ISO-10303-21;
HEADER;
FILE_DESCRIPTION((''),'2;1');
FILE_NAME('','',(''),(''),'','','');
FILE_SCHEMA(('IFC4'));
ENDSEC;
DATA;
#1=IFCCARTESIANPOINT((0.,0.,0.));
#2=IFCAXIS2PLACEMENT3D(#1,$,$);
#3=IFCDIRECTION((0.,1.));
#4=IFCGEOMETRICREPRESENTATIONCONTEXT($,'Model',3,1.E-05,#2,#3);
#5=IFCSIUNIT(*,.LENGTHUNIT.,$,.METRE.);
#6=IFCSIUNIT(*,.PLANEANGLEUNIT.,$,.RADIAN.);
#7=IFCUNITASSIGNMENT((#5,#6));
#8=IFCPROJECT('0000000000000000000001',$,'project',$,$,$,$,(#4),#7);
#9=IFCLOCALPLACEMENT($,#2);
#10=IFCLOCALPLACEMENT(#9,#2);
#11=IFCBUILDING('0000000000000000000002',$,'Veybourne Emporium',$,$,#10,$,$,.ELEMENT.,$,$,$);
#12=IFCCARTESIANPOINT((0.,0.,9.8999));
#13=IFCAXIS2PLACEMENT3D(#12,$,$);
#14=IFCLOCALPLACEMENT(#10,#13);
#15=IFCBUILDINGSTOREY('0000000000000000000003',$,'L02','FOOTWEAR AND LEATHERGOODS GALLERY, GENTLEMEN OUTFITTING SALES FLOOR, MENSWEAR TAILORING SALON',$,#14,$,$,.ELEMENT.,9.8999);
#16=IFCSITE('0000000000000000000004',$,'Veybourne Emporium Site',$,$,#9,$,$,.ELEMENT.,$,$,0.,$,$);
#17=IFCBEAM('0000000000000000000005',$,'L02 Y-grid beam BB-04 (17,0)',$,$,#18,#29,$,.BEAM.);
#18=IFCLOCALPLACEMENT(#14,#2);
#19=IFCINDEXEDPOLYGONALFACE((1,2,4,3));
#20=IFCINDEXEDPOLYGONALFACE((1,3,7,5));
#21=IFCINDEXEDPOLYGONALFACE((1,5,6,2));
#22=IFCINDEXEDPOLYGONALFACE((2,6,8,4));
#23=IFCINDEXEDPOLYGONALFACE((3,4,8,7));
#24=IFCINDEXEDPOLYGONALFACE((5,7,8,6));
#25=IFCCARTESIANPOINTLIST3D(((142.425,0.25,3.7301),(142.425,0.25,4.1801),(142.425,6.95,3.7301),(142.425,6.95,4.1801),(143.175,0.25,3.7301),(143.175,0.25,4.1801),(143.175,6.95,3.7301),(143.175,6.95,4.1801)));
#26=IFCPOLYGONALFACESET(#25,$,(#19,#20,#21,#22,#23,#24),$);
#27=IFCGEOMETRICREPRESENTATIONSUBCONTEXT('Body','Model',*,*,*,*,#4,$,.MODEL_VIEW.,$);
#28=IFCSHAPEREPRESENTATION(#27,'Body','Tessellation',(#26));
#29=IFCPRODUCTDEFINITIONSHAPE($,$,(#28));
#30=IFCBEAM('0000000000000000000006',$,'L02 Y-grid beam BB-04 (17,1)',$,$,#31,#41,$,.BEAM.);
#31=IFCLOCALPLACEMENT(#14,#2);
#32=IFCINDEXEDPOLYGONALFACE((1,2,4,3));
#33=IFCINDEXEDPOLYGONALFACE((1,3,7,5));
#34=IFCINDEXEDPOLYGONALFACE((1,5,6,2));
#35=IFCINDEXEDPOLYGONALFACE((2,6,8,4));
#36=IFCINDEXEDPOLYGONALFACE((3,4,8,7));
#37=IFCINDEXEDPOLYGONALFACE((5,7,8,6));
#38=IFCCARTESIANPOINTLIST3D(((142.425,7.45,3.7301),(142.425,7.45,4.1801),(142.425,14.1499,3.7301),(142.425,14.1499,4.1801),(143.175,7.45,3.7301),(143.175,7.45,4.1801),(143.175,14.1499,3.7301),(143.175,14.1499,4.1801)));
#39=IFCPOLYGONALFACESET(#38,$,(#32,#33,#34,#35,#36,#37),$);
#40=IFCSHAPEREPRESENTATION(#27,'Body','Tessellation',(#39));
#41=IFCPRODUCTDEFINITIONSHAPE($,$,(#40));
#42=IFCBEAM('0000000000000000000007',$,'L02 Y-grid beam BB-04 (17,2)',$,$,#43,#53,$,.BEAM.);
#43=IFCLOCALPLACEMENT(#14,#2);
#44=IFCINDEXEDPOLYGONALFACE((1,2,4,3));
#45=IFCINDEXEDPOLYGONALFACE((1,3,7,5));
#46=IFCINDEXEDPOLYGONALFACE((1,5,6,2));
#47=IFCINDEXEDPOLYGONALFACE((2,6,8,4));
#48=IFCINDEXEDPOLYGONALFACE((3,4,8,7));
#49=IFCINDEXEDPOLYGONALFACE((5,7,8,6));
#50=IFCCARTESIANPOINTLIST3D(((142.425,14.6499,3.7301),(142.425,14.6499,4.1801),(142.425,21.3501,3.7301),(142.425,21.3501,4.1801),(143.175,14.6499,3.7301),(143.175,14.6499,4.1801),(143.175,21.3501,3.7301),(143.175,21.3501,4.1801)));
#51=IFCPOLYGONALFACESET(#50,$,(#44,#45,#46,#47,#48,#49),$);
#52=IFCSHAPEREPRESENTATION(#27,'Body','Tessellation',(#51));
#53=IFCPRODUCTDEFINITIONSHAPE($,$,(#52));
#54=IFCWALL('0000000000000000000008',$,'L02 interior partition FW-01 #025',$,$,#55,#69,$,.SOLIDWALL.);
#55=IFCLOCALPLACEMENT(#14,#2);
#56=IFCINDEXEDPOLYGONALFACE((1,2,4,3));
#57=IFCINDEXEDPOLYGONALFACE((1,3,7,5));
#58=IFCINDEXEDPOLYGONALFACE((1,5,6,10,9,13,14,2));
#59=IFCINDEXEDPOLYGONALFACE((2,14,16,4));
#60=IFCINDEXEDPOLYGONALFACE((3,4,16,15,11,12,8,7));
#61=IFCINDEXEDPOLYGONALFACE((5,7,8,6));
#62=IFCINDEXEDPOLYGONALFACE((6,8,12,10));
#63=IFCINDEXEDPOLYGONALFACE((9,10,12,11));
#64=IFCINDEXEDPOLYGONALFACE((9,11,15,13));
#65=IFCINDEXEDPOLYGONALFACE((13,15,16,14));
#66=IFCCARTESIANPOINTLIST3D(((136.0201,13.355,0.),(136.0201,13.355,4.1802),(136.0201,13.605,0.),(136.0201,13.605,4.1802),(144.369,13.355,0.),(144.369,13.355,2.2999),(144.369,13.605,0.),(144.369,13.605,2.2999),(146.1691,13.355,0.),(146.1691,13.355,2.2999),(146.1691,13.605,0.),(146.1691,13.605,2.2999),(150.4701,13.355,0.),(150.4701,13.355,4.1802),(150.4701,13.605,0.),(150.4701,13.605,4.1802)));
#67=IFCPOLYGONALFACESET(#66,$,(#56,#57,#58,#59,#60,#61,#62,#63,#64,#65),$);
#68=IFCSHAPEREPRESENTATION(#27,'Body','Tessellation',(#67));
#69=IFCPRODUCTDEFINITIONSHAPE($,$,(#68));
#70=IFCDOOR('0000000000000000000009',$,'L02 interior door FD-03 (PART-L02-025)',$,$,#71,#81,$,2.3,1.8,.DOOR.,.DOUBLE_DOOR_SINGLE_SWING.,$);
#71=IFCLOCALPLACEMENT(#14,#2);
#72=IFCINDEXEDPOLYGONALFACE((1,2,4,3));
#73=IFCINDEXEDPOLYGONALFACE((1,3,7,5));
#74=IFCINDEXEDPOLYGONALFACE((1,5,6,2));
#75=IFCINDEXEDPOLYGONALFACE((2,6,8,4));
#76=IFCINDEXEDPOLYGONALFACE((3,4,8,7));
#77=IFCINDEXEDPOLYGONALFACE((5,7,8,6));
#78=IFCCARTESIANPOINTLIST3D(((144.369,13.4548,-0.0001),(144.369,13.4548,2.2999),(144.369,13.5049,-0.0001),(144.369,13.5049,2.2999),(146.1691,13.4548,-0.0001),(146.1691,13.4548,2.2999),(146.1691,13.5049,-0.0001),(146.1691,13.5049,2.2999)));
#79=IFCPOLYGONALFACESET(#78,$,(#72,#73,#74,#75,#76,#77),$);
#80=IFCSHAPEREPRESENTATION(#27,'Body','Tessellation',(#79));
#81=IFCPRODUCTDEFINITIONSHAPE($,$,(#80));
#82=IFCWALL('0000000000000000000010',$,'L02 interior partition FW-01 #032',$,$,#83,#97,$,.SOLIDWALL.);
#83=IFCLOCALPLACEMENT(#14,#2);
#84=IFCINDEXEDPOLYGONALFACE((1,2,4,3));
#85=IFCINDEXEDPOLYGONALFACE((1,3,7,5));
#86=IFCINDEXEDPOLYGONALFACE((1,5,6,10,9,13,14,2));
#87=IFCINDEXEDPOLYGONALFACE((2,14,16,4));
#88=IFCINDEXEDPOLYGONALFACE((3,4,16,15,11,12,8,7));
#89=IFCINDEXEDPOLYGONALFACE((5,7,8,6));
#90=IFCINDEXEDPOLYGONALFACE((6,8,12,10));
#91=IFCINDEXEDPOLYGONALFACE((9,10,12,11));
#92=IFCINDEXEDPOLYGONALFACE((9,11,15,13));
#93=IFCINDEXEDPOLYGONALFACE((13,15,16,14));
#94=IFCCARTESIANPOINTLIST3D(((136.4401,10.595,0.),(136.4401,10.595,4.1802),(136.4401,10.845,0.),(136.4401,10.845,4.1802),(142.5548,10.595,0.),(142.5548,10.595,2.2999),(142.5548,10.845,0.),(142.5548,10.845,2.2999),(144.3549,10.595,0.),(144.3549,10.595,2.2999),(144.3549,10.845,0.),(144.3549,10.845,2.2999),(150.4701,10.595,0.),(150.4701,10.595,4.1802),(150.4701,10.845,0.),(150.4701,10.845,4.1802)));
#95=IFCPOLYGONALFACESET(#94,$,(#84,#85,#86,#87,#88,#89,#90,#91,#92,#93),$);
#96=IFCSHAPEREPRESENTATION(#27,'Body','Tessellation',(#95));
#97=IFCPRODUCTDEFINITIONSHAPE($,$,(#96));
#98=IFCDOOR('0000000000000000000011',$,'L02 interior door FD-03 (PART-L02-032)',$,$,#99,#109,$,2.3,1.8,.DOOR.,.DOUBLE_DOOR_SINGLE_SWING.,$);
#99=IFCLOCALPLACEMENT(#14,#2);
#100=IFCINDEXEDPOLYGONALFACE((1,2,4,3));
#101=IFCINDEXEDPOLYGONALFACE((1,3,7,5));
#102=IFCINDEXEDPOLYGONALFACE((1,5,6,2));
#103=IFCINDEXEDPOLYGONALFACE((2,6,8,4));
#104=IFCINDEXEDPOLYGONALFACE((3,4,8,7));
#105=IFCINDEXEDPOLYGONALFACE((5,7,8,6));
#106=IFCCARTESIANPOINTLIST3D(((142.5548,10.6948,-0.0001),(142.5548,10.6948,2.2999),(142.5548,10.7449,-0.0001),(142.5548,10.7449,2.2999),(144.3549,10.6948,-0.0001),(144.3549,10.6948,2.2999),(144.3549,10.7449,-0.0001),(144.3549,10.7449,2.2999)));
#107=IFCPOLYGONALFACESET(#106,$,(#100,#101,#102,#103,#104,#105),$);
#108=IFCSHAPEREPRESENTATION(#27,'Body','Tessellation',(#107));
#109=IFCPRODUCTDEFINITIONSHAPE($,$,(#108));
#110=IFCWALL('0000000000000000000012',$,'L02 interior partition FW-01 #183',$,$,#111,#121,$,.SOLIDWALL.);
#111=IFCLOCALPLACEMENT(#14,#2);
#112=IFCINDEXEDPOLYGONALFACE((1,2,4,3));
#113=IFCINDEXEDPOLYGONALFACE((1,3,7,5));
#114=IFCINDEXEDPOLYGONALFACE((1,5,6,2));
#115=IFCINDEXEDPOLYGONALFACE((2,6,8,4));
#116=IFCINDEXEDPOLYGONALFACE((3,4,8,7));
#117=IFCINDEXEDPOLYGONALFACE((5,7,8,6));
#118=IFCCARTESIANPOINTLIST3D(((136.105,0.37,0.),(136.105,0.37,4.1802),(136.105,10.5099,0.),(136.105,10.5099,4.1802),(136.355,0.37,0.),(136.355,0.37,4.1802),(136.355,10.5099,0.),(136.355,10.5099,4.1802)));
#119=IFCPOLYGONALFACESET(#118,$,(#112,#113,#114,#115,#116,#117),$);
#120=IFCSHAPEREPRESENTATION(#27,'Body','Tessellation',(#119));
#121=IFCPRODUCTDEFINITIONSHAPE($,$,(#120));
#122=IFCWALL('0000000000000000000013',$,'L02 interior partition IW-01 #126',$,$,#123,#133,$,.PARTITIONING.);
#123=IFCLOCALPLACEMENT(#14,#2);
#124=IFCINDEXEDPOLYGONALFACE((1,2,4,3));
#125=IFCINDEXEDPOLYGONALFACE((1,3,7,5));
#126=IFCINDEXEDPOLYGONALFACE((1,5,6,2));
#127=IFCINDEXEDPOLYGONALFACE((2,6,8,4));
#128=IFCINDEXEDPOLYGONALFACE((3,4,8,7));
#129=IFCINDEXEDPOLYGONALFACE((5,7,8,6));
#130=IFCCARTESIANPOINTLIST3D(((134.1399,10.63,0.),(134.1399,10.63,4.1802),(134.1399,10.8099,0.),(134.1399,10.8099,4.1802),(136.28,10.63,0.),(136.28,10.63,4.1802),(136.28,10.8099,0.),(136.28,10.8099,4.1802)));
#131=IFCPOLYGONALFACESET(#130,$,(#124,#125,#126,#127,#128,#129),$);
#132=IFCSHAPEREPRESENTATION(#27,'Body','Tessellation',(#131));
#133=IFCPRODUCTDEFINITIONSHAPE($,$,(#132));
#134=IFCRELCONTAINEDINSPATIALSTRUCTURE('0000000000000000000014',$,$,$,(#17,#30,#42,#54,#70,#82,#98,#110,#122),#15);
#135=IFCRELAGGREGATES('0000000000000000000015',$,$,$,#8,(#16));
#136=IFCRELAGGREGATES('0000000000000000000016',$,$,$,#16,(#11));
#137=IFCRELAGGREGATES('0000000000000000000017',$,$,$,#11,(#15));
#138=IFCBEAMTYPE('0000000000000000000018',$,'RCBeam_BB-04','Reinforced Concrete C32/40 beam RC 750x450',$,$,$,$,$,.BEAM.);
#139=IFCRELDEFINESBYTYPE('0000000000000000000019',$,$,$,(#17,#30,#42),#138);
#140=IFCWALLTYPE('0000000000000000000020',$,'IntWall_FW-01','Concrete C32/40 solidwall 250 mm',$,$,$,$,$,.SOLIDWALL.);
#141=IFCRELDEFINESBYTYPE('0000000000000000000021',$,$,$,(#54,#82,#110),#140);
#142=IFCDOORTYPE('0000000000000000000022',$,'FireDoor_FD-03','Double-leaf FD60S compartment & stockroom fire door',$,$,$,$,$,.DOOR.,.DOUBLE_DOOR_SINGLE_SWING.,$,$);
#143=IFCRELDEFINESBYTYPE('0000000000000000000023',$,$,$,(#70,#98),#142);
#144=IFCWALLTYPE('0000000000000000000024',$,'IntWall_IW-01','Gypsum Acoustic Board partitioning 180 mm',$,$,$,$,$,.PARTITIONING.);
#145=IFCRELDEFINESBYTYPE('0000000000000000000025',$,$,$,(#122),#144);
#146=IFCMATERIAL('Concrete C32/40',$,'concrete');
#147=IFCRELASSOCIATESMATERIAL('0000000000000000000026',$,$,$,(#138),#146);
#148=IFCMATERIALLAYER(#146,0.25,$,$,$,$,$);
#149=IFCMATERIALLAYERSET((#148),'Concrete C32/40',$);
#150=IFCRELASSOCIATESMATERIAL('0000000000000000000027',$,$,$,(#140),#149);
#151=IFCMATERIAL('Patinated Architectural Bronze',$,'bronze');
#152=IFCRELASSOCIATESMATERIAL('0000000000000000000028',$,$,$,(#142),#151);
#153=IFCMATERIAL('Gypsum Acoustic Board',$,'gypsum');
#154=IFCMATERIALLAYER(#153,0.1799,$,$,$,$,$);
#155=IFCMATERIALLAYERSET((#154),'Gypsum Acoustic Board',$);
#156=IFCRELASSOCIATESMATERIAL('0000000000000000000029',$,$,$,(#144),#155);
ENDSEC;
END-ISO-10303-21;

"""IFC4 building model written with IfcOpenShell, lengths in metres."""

from ifc_helpers import new_model, si_unit, direction, frame, frame_2d, origin, origin_2d, place, context, subcontext, project, spatial, rectangle, extrude, material, layer, layer_set, material_profile, profile_set, type_object, element, fill, save


model = new_model("IFC4")

# Units and contexts
model_context = context("Model", 3, precision=1e-05, world=origin(), true_north=direction((0.0, 1.0)))
body_context = subcontext(model_context, "Body", "Model", "MODEL_VIEW")
ifc_project = project(units=[si_unit("LENGTHUNIT", "METRE"), si_unit("PLANEANGLEUNIT", "RADIAN")], contexts=[model_context])

# Site, building, storey
site_placement = place(None, origin())
site = spatial("IfcSite", under=ifc_project, at=site_placement, Name="Veybourne Emporium Site", CompositionType="ELEMENT", RefElevation=0.0)
building_placement = place(site_placement, origin())
building = spatial("IfcBuilding", under=site, at=building_placement, Name="Veybourne Emporium", CompositionType="ELEMENT")
storey_placement = place(building_placement, frame((0.0, 0.0, 9.8999)))
storey = spatial("IfcBuildingStorey", under=building, at=storey_placement, Name="L02", Description="FOOTWEAR AND LEATHERGOODS GALLERY, GENTLEMEN OUTFITTING SALES FLOOR, MENSWEAR TAILORING SALON", CompositionType="ELEMENT", Elevation=9.8999)

# Shared definitions
ifc_material_1 = material(Name="Patinated Architectural Bronze", Category="bronze")

# Beams
ifc_material_2 = material(Name="Concrete C32/40", Category="concrete")
ifc_material_profile_1 = material_profile(ifc_material_2, rectangle(XDim=0.75, YDim=0.45, at=origin_2d()), Name="RC 750x450")
ifc_profile_set_1 = profile_set([ifc_material_profile_1], Name="Concrete C32/40")
beam_type_1 = type_object("IfcBeamType", Name="RCBeam_BB-04", Description="Reinforced Concrete C32/40 beam RC 750x450", PredefinedType="BEAM", material=ifc_profile_set_1)
for number, where, z_axis, x_axis, name in (
    (1, (142.8, 0.25, 3.9551), (0.0, 1.0, 0.0), (-1.0, 0.0, 0.0), "L02 Y-grid beam BB-04 (17,0)"),
    (2, (142.8, 7.45, 3.9551), (0.0, 1.0, 0.0), (-1.0, 0.0, 0.0), "L02 Y-grid beam BB-04 (17,1)"),
):
    element("IfcBeam", number, at=place(storey_placement, frame(where, z_axis=z_axis, x_axis=x_axis)), inside=storey, type_object=beam_type_1, Name=name, PredefinedType="BEAM", context=body_context, shape_type="SweptSolid", body=[
        extrude(rectangle(XDim=0.75, YDim=0.45, at=origin_2d()), origin(), (0.0, 0.0, 1.0), 6.7),
    ])
beam_placement = place(storey_placement, frame((142.8, 14.6499, 3.9551), z_axis=(0.0, 1.0, 0.0), x_axis=(-1.0, 0.0, 0.0)))
element("IfcBeam", 3, at=beam_placement, inside=storey, type_object=beam_type_1, Name="L02 Y-grid beam BB-04 (17,2)", PredefinedType="BEAM", context=body_context, shape_type="SweptSolid", body=[
    extrude(rectangle(XDim=0.75, YDim=0.45, at=origin_2d()), origin(), (0.0, 0.0, 1.0), 6.7002),
])

# Walls, openings, doors
ifc_layer_1 = layer(ifc_material_2, 0.25)
ifc_layer_set_1 = layer_set([ifc_layer_1], Name="Concrete C32/40")
wall_type_1 = type_object("IfcWallType", Name="IntWall_FW-01", Description="Concrete C32/40 solidwall 250 mm", PredefinedType="SOLIDWALL", material=ifc_layer_set_1)
wall_1_placement = place(storey_placement, frame((136.02, 13.48, 0.0), z_axis=(0.0, 0.0, 1.0), x_axis=(1.0, 0.0, 0.0)))
wall_1 = element("IfcWall", 4, at=wall_1_placement, inside=storey, type_object=wall_type_1, Name="L02 interior partition FW-01 #025", PredefinedType="SOLIDWALL", context=body_context, shape_type="SweptSolid", body=[
    extrude(rectangle(XDim=14.45, YDim=0.25, at=frame_2d((7.2251, 0.0))), origin(), (0.0, 0.0, 1.0), 4.1802),
])
opening_1_placement = place(wall_1_placement, frame((8.3491, 0.0, 0.0)))
opening_1 = element("IfcOpeningElement", 5, at=opening_1_placement, cuts=wall_1, PredefinedType="OPENING", context=body_context, shape_type="SweptSolid", body=[
    extrude(rectangle(XDim=1.8, YDim=2.3, at=frame_2d((0.8999, 1.1499))), frame((0.0, 0.145, 0.0), z_axis=(0.0, -1.0, 0.0), x_axis=(1.0, 0.0, 0.0)), (0.0, 0.0, 1.0), 0.29),
])
door_type = type_object("IfcDoorType", Name="FireDoor_FD-03", Description="Double-leaf FD60S compartment & stockroom fire door", OperationType="DOUBLE_DOOR_SINGLE_SWING", PredefinedType="DOOR", material=ifc_material_1)
door_1_placement = place(opening_1_placement, origin())
door_1 = element("IfcDoor", 6, at=door_1_placement, inside=storey, type_object=door_type, Name="L02 interior door FD-03 (PART-L02-025)", OperationType="DOUBLE_DOOR_SINGLE_SWING", OverallHeight=2.3, OverallWidth=1.8, PredefinedType="DOOR", context=body_context, shape_type="SweptSolid", body=[
    extrude(rectangle(XDim=1.8, YDim=2.3, at=frame_2d((0.8999, 1.1499))), frame((0.0, 0.0249, 0.0), z_axis=(0.0, -1.0, 0.0), x_axis=(1.0, 0.0, 0.0)), (0.0, 0.0, 1.0), 0.05),
])
fill(opening_1, door_1)
wall_2_placement = place(storey_placement, frame((136.4399, 10.72, 0.0), z_axis=(0.0, 0.0, 1.0), x_axis=(1.0, 0.0, 0.0)))
wall_2 = element("IfcWall", 7, at=wall_2_placement, inside=storey, type_object=wall_type_1, Name="L02 interior partition FW-01 #032", PredefinedType="SOLIDWALL", context=body_context, shape_type="SweptSolid", body=[
    extrude(rectangle(XDim=14.03, YDim=0.25, at=frame_2d((7.0151, 0.0))), origin(), (0.0, 0.0, 1.0), 4.1802),
])
opening_2_placement = place(wall_2_placement, frame((6.115, 0.0, 0.0)))
opening_2 = element("IfcOpeningElement", 8, at=opening_2_placement, cuts=wall_2, PredefinedType="OPENING", context=body_context, shape_type="SweptSolid", body=[
    extrude(rectangle(XDim=1.8, YDim=2.3, at=frame_2d((0.8999, 1.1499))), frame((0.0, 0.145, 0.0), z_axis=(0.0, -1.0, 0.0), x_axis=(1.0, 0.0, 0.0)), (0.0, 0.0, 1.0), 0.29),
])
door_2_placement = place(opening_2_placement, origin())
door_2 = element("IfcDoor", 9, at=door_2_placement, inside=storey, type_object=door_type, Name="L02 interior door FD-03 (PART-L02-032)", OperationType="DOUBLE_DOOR_SINGLE_SWING", OverallHeight=2.3, OverallWidth=1.8, PredefinedType="DOOR", context=body_context, shape_type="SweptSolid", body=[
    extrude(rectangle(XDim=1.8, YDim=2.3, at=frame_2d((0.8999, 1.1499))), frame((0.0, 0.0249, 0.0), z_axis=(0.0, -1.0, 0.0), x_axis=(1.0, 0.0, 0.0)), (0.0, 0.0, 1.0), 0.05),
])
fill(opening_2, door_2)

# Walls
wall_3_placement = place(storey_placement, frame((136.23, 0.3701, 0.0), z_axis=(0.0, 0.0, 1.0), x_axis=(0.0, 1.0, 0.0)))
element("IfcWall", 10, at=wall_3_placement, inside=storey, type_object=wall_type_1, Name="L02 interior partition FW-01 #183", PredefinedType="SOLIDWALL", context=body_context, shape_type="SweptSolid", body=[
    extrude(rectangle(XDim=10.1399, YDim=0.25, at=frame_2d((5.0698, 0.0))), origin(), (0.0, 0.0, 1.0), 4.1802),
])
ifc_material_3 = material(Name="Gypsum Acoustic Board", Category="gypsum")
ifc_layer_2 = layer(ifc_material_3, 0.1799)
ifc_layer_set_2 = layer_set([ifc_layer_2], Name="Gypsum Acoustic Board")
wall_type_2 = type_object("IfcWallType", Name="IntWall_IW-01", Description="Gypsum Acoustic Board partitioning 180 mm", PredefinedType="PARTITIONING", material=ifc_layer_set_2)
wall_4_placement = place(storey_placement, frame((134.1399, 10.72, 0.0), z_axis=(0.0, 0.0, 1.0), x_axis=(1.0, 0.0, 0.0)))
element("IfcWall", 11, at=wall_4_placement, inside=storey, type_object=wall_type_2, Name="L02 interior partition IW-01 #126", PredefinedType="PARTITIONING", context=body_context, shape_type="SweptSolid", body=[
    extrude(rectangle(XDim=2.1401, YDim=0.1799, at=frame_2d((1.0701, 0.0))), origin(), (0.0, 0.0, 1.0), 4.1802),
])

save(model, "model.ifc")
